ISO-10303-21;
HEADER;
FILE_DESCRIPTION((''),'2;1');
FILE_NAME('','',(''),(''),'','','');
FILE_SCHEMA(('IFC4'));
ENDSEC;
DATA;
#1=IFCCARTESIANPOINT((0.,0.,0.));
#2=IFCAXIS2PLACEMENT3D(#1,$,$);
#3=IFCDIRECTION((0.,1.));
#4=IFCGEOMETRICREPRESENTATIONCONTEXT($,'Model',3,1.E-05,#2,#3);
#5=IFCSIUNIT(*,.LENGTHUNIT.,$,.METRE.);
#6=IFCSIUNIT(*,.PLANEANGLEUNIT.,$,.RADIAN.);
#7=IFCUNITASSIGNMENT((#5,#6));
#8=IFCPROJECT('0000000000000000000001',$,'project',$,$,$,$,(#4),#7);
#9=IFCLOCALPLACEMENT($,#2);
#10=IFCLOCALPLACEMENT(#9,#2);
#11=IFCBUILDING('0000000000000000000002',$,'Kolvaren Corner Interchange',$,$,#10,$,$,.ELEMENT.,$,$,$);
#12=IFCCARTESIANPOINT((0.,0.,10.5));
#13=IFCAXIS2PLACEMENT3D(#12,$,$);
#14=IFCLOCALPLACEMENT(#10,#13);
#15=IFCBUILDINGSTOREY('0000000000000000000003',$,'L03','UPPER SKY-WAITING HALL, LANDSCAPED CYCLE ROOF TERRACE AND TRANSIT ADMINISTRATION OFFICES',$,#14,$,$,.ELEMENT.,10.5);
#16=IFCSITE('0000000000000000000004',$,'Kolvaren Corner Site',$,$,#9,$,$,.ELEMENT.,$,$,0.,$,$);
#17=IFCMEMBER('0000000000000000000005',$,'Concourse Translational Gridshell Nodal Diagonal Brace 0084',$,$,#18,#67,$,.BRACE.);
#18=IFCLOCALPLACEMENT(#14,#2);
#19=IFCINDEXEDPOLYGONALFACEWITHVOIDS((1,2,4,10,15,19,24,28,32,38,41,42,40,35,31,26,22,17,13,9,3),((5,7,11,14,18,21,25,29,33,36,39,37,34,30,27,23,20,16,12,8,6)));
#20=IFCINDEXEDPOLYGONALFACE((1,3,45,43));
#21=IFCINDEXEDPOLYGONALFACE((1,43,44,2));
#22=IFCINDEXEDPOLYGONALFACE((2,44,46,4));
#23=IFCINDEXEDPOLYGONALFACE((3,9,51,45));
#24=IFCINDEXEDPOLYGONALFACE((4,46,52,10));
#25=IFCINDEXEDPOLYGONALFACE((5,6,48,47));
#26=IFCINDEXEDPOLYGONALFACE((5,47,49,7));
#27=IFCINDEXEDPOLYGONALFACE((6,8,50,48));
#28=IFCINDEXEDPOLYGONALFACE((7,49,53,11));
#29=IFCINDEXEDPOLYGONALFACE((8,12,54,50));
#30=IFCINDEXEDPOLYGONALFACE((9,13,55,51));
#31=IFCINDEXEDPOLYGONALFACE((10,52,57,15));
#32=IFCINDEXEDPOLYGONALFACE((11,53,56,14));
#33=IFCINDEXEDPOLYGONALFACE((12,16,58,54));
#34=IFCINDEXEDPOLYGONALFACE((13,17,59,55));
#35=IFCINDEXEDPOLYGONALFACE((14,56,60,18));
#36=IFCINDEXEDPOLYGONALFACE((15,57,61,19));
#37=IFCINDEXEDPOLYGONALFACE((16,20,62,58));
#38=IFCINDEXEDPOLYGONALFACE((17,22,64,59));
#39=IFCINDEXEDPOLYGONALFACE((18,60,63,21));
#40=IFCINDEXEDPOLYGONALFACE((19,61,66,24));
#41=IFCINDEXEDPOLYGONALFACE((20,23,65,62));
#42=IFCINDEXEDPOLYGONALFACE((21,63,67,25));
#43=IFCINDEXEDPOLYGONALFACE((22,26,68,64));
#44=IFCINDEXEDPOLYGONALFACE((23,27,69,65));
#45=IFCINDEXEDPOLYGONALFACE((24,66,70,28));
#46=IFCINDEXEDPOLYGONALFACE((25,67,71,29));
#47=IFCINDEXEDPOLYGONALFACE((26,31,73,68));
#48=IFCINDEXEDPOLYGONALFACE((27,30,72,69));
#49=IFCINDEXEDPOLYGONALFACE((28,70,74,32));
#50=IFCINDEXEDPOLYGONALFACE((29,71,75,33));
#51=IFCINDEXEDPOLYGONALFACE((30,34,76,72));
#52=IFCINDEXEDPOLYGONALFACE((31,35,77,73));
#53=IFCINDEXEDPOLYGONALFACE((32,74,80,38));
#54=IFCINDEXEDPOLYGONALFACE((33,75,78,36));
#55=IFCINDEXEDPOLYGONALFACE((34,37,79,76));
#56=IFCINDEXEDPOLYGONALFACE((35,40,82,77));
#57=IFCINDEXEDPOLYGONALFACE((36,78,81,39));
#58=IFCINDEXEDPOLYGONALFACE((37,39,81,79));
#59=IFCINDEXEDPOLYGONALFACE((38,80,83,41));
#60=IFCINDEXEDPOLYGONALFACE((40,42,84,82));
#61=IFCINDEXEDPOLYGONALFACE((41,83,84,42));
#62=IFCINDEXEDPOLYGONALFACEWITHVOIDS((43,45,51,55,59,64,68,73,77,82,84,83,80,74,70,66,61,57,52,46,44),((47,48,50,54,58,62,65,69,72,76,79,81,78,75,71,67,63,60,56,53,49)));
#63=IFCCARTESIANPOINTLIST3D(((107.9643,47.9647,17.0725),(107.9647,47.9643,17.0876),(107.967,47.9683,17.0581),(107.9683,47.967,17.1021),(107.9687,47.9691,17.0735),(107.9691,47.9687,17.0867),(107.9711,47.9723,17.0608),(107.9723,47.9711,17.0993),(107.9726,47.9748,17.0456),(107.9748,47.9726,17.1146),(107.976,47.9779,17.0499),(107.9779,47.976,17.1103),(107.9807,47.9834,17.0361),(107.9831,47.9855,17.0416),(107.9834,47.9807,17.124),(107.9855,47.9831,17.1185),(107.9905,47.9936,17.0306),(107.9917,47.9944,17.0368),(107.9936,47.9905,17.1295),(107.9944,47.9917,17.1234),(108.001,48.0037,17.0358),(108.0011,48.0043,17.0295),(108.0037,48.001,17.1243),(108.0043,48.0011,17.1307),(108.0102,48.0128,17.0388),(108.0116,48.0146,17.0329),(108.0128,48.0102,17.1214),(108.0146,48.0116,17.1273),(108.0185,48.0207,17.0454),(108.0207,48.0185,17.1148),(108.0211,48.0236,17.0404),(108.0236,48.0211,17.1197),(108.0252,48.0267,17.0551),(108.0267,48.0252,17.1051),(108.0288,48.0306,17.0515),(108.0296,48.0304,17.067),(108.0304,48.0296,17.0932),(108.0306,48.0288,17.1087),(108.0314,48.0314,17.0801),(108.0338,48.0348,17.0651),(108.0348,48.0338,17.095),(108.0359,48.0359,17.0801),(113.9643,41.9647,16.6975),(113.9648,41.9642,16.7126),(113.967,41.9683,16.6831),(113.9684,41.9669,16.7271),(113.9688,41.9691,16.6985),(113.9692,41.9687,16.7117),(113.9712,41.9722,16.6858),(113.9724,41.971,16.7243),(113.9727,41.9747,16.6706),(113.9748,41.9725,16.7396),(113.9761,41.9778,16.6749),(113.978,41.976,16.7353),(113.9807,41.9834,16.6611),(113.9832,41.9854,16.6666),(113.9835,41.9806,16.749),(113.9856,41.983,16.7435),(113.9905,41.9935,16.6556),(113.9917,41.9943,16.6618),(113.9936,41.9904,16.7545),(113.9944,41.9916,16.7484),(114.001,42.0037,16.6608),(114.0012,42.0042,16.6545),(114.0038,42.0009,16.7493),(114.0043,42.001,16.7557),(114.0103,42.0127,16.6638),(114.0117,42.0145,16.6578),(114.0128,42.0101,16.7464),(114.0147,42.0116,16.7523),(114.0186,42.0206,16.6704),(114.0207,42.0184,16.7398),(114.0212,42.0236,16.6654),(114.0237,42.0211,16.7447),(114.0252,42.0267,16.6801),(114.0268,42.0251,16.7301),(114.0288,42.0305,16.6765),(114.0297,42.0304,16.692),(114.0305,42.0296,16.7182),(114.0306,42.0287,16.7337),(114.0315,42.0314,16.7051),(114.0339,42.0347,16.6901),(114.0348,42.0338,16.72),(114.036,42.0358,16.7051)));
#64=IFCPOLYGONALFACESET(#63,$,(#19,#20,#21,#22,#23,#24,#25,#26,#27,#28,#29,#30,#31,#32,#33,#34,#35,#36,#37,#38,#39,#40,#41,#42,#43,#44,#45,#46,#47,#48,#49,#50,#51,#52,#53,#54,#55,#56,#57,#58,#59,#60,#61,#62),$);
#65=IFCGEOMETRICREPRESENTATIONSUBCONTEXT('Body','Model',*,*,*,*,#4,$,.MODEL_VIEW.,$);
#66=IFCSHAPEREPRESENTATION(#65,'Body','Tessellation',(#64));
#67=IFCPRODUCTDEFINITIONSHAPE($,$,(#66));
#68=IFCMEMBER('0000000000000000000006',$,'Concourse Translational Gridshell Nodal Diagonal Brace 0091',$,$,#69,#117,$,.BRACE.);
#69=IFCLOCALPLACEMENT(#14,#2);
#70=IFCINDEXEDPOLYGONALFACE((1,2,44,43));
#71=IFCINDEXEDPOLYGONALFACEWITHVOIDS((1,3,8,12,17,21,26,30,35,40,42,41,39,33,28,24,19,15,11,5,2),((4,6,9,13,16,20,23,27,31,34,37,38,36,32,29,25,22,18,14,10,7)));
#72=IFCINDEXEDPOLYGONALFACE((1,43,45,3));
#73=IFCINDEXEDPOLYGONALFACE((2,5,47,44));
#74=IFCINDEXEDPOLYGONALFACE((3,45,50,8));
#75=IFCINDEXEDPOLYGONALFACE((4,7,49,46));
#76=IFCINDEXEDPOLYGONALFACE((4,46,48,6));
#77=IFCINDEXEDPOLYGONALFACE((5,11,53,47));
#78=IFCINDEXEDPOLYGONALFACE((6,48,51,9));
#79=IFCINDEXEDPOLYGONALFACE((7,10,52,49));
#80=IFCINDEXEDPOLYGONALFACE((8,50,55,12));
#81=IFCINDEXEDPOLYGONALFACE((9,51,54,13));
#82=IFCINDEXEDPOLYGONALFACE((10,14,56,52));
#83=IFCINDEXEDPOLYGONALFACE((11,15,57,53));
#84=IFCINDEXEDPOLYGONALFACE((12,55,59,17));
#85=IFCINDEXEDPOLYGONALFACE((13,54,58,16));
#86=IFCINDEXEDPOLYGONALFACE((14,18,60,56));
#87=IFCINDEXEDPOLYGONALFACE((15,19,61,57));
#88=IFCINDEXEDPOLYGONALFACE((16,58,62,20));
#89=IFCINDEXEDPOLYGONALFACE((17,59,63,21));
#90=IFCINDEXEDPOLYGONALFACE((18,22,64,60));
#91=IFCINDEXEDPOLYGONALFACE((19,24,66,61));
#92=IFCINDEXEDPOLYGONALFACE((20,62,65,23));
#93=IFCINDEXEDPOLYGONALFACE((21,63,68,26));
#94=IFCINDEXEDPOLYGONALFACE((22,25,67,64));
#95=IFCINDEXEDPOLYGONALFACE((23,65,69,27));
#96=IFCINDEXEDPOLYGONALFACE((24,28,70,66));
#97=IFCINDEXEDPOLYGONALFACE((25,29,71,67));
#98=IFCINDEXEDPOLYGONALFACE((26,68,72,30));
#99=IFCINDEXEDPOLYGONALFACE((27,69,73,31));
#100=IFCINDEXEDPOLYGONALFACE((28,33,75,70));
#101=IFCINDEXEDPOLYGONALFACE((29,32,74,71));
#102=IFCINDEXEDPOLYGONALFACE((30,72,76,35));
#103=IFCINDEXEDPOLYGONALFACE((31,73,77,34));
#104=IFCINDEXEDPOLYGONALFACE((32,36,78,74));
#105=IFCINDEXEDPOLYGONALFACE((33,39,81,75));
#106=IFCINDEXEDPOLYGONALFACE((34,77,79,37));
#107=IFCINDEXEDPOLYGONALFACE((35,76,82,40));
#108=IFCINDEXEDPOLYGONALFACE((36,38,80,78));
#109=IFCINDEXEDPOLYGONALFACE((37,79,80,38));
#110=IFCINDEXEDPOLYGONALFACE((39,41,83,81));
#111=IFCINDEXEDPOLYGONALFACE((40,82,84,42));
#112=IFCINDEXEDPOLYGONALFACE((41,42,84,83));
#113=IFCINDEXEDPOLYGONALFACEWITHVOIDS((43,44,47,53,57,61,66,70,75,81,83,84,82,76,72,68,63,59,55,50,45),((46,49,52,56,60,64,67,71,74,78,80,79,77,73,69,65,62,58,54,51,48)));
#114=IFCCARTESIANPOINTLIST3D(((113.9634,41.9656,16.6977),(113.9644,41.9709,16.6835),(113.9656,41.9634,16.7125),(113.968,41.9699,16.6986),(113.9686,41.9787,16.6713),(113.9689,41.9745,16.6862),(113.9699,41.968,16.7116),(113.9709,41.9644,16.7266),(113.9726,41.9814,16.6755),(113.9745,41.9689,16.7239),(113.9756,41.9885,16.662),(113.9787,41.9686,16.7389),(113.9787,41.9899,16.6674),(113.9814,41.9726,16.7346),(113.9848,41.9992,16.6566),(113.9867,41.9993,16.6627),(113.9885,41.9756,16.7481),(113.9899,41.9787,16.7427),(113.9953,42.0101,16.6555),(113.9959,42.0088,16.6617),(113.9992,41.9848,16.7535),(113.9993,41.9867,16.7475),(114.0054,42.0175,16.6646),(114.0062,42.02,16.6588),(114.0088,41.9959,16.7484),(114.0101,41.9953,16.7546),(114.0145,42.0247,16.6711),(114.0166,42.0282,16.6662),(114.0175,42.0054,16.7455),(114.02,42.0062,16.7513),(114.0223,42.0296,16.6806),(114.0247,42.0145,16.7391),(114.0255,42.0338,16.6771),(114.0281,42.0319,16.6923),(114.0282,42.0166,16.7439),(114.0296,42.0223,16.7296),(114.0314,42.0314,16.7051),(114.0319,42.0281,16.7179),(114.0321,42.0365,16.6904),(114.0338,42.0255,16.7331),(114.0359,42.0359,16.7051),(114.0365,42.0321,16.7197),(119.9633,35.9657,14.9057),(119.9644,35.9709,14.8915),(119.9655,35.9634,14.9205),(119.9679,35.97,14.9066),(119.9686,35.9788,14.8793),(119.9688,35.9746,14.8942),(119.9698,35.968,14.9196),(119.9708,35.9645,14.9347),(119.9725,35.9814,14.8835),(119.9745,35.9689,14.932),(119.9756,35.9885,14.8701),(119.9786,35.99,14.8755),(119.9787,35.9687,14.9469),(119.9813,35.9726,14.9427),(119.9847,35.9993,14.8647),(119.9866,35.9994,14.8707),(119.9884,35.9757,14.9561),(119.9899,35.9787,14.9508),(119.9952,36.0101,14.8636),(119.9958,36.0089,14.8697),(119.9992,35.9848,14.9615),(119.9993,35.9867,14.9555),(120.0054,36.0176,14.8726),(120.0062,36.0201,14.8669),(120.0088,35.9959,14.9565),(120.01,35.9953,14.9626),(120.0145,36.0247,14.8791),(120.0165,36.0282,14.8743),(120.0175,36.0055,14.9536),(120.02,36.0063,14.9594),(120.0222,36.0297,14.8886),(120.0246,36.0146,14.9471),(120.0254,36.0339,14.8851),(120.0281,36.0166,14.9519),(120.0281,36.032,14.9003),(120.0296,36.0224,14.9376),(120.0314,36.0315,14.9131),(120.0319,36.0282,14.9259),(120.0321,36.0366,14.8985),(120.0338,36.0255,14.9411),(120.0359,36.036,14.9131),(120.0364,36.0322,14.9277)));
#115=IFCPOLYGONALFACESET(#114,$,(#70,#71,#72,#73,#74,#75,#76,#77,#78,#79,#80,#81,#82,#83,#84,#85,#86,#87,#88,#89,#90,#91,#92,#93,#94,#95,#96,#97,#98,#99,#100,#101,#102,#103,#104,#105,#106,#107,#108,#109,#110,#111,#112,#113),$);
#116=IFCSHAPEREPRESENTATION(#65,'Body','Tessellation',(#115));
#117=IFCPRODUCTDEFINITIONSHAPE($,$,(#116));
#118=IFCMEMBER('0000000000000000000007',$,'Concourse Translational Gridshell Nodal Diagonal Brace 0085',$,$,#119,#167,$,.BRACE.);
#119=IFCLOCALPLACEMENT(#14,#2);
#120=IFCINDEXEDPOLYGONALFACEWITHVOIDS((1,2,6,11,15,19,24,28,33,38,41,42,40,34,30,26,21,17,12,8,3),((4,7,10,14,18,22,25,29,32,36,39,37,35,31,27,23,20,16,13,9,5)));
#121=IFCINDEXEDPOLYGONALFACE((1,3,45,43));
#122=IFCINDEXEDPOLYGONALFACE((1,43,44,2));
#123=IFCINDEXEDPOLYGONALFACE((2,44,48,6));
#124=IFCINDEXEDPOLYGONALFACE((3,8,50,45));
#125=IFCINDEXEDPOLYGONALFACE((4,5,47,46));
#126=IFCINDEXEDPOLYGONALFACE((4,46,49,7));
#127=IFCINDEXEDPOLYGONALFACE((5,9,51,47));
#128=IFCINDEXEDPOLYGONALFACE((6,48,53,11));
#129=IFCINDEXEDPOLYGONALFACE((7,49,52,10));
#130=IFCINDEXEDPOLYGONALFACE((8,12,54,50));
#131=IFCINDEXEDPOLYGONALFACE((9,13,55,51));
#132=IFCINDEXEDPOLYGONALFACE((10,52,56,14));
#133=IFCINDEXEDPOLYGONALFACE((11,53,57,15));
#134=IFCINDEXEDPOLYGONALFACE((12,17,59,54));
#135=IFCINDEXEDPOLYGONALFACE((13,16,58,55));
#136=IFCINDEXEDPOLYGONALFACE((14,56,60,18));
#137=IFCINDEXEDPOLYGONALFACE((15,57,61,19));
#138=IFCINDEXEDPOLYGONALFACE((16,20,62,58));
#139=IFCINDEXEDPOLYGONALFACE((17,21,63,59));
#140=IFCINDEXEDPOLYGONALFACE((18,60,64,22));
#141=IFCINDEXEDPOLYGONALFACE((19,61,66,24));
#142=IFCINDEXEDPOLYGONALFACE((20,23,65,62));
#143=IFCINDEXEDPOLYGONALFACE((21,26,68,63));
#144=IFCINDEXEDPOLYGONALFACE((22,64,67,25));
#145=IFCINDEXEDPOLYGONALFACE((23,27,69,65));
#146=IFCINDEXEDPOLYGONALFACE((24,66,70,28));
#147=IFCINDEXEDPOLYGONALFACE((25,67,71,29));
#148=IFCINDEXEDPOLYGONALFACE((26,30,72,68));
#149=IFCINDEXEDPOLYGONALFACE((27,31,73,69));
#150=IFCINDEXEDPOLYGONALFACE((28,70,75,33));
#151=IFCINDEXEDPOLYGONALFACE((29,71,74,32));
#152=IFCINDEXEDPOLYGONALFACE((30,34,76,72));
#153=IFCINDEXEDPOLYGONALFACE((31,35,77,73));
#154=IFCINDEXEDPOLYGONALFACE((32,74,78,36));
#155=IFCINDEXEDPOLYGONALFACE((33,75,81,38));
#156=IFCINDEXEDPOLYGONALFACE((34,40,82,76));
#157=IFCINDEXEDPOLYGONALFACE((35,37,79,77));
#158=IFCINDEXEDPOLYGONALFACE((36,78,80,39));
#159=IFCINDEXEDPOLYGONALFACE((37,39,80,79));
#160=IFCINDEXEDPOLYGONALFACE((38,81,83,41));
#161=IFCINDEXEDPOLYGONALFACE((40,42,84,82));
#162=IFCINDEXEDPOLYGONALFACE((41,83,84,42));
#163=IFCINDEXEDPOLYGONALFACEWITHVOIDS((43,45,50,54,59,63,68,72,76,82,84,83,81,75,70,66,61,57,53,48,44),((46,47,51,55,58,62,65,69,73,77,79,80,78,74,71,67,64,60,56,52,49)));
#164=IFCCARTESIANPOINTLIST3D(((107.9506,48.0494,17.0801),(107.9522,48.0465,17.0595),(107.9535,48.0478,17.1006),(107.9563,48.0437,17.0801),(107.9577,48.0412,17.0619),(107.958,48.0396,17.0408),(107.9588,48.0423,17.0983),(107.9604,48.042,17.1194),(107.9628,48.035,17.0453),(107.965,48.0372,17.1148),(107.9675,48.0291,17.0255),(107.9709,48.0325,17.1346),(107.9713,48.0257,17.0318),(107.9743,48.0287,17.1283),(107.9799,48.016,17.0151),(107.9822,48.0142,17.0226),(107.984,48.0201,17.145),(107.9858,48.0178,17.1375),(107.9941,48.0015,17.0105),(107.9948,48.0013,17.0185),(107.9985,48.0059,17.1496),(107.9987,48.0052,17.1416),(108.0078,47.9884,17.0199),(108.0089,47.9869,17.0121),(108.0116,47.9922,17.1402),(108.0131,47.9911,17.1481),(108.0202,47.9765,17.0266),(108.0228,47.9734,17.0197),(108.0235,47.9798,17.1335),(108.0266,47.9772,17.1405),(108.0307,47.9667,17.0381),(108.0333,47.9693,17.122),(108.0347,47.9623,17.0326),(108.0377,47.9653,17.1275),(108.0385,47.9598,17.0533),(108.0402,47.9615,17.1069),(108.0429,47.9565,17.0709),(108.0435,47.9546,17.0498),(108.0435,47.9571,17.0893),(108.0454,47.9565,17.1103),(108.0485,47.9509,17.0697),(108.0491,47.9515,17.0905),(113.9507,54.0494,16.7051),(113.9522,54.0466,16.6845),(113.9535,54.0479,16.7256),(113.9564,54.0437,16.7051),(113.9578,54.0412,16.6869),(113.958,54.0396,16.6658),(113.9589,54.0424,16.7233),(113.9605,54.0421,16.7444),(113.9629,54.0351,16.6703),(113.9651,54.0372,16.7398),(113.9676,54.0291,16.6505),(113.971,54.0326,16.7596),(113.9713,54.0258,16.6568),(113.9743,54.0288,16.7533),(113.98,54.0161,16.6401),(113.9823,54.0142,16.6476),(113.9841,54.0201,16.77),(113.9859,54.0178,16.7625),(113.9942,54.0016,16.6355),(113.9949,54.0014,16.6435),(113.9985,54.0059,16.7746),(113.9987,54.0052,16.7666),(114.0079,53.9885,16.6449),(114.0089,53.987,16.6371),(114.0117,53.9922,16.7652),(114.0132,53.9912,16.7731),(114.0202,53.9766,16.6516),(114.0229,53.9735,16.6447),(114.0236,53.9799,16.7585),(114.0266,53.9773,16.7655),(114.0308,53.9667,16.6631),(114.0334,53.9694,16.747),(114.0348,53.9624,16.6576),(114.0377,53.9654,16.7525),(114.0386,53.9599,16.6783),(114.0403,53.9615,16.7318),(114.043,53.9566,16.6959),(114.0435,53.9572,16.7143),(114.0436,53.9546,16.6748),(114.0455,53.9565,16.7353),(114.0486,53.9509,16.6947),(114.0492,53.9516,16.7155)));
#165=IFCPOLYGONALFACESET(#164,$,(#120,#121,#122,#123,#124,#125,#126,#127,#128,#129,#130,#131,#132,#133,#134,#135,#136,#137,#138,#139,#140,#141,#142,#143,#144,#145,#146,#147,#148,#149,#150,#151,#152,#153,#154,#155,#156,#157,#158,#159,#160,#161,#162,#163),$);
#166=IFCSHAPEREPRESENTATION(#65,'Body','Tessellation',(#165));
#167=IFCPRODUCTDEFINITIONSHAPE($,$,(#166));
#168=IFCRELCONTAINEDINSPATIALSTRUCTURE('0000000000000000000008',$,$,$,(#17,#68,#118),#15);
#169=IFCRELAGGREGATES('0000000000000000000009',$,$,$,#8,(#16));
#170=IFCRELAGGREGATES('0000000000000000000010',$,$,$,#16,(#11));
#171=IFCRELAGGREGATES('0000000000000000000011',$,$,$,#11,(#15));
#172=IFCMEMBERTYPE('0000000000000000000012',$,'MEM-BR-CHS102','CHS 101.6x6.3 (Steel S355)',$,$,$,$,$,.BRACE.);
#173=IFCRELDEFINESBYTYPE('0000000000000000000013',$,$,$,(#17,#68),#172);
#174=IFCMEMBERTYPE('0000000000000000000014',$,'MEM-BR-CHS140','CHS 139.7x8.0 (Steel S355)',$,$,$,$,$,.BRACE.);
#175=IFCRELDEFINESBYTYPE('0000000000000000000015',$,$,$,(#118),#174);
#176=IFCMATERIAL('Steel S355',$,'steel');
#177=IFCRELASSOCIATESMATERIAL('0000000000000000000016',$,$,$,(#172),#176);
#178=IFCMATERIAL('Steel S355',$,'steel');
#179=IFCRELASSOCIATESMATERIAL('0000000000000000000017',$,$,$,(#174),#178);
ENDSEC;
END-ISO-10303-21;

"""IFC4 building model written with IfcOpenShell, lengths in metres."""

from ifc_helpers import new_model, si_unit, direction, frame, origin, origin_2d, place, context, subcontext, project, spatial, hollow_circle, extrude, material, material_profile, profile_set, type_object, element, save


model = new_model("IFC4")

# Units and contexts
model_context = context("Model", 3, precision=1e-05, world=origin(), true_north=direction((0.0, 1.0)))
body_context = subcontext(model_context, "Body", "Model", "MODEL_VIEW")
ifc_project = project(units=[si_unit("LENGTHUNIT", "METRE"), si_unit("PLANEANGLEUNIT", "RADIAN")], contexts=[model_context])

# Site, building, storey
site_placement = place(None, origin())
site = spatial("IfcSite", under=ifc_project, at=site_placement, Name="Kolvaren Corner Site", CompositionType="ELEMENT", RefElevation=0.0)
building_placement = place(site_placement, origin())
building = spatial("IfcBuilding", under=site, at=building_placement, Name="Kolvaren Corner Interchange", CompositionType="ELEMENT")
storey_placement = place(building_placement, frame((0.0, 0.0, 10.5)))
storey = spatial("IfcBuildingStorey", under=building, at=storey_placement, Name="L03", Description="UPPER SKY-WAITING HALL, LANDSCAPED CYCLE ROOF TERRACE AND TRANSIT ADMINISTRATION OFFICES", CompositionType="ELEMENT", Elevation=10.5)

# Members
ifc_material_1 = material(Name="Steel S355", Category="steel")
ifc_material_profile_1 = material_profile(ifc_material_1, hollow_circle(Radius=0.0508, WallThickness=0.0063, at=origin_2d()), Name="CHS 101.6x6.3")
ifc_profile_set_1 = profile_set([ifc_material_profile_1], Name="Steel S355")
member_type_1 = type_object("IfcMemberType", Name="MEM-BR-CHS102", Description="CHS 101.6x6.3 (Steel S355)", PredefinedType="BRACE", material=ifc_profile_set_1)
member_1_placement = place(storey_placement, frame((108.0, 48.0, 17.0801), z_axis=(0.706417, -0.706417, -0.044151), x_axis=(0.707107, 0.707107, 0.0)))
element("IfcMember", 1, at=member_1_placement, inside=storey, type_object=member_type_1, Name="Concourse Translational Gridshell Nodal Diagonal Brace 0084", PredefinedType="BRACE", context=body_context, shape_type="SweptSolid", body=[
    extrude(hollow_circle(Radius=0.0508, WallThickness=0.0063, at=origin_2d()), origin(), (0.0, 0.0, 1.0), 8.4937),
])
member_2_placement = place(storey_placement, frame((114.0, 42.0, 16.7051), z_axis=(0.691847, -0.691847, -0.206631), x_axis=(0.707107, 0.707107, 0.0)))
element("IfcMember", 2, at=member_2_placement, inside=storey, type_object=member_type_1, Name="Concourse Translational Gridshell Nodal Diagonal Brace 0091", PredefinedType="BRACE", context=body_context, shape_type="SweptSolid", body=[
    extrude(hollow_circle(Radius=0.0508, WallThickness=0.0063, at=origin_2d()), origin(), (0.0, 0.0, 1.0), 8.6724),
])
ifc_material_2 = material(Name="Steel S355", Category="steel")
ifc_material_profile_2 = material_profile(ifc_material_2, hollow_circle(Radius=0.0698, WallThickness=0.0081, at=origin_2d()), Name="CHS 139.7x8.0")
ifc_profile_set_2 = profile_set([ifc_material_profile_2], Name="Steel S355")
member_type_2 = type_object("IfcMemberType", Name="MEM-BR-CHS140", Description="CHS 139.7x8.0 (Steel S355)", PredefinedType="BRACE", material=ifc_profile_set_2)
member_3_placement = place(storey_placement, frame((108.0, 48.0, 17.0801), z_axis=(0.706417, 0.706417, -0.044151), x_axis=(-0.707107, 0.707107, 0.0)))
element("IfcMember", 3, at=member_3_placement, inside=storey, type_object=member_type_2, Name="Concourse Translational Gridshell Nodal Diagonal Brace 0085", PredefinedType="BRACE", context=body_context, shape_type="SweptSolid", body=[
    extrude(hollow_circle(Radius=0.0698, WallThickness=0.0081, at=origin_2d()), origin(), (0.0, 0.0, 1.0), 8.4937),
])

save(model, "model.ifc")
